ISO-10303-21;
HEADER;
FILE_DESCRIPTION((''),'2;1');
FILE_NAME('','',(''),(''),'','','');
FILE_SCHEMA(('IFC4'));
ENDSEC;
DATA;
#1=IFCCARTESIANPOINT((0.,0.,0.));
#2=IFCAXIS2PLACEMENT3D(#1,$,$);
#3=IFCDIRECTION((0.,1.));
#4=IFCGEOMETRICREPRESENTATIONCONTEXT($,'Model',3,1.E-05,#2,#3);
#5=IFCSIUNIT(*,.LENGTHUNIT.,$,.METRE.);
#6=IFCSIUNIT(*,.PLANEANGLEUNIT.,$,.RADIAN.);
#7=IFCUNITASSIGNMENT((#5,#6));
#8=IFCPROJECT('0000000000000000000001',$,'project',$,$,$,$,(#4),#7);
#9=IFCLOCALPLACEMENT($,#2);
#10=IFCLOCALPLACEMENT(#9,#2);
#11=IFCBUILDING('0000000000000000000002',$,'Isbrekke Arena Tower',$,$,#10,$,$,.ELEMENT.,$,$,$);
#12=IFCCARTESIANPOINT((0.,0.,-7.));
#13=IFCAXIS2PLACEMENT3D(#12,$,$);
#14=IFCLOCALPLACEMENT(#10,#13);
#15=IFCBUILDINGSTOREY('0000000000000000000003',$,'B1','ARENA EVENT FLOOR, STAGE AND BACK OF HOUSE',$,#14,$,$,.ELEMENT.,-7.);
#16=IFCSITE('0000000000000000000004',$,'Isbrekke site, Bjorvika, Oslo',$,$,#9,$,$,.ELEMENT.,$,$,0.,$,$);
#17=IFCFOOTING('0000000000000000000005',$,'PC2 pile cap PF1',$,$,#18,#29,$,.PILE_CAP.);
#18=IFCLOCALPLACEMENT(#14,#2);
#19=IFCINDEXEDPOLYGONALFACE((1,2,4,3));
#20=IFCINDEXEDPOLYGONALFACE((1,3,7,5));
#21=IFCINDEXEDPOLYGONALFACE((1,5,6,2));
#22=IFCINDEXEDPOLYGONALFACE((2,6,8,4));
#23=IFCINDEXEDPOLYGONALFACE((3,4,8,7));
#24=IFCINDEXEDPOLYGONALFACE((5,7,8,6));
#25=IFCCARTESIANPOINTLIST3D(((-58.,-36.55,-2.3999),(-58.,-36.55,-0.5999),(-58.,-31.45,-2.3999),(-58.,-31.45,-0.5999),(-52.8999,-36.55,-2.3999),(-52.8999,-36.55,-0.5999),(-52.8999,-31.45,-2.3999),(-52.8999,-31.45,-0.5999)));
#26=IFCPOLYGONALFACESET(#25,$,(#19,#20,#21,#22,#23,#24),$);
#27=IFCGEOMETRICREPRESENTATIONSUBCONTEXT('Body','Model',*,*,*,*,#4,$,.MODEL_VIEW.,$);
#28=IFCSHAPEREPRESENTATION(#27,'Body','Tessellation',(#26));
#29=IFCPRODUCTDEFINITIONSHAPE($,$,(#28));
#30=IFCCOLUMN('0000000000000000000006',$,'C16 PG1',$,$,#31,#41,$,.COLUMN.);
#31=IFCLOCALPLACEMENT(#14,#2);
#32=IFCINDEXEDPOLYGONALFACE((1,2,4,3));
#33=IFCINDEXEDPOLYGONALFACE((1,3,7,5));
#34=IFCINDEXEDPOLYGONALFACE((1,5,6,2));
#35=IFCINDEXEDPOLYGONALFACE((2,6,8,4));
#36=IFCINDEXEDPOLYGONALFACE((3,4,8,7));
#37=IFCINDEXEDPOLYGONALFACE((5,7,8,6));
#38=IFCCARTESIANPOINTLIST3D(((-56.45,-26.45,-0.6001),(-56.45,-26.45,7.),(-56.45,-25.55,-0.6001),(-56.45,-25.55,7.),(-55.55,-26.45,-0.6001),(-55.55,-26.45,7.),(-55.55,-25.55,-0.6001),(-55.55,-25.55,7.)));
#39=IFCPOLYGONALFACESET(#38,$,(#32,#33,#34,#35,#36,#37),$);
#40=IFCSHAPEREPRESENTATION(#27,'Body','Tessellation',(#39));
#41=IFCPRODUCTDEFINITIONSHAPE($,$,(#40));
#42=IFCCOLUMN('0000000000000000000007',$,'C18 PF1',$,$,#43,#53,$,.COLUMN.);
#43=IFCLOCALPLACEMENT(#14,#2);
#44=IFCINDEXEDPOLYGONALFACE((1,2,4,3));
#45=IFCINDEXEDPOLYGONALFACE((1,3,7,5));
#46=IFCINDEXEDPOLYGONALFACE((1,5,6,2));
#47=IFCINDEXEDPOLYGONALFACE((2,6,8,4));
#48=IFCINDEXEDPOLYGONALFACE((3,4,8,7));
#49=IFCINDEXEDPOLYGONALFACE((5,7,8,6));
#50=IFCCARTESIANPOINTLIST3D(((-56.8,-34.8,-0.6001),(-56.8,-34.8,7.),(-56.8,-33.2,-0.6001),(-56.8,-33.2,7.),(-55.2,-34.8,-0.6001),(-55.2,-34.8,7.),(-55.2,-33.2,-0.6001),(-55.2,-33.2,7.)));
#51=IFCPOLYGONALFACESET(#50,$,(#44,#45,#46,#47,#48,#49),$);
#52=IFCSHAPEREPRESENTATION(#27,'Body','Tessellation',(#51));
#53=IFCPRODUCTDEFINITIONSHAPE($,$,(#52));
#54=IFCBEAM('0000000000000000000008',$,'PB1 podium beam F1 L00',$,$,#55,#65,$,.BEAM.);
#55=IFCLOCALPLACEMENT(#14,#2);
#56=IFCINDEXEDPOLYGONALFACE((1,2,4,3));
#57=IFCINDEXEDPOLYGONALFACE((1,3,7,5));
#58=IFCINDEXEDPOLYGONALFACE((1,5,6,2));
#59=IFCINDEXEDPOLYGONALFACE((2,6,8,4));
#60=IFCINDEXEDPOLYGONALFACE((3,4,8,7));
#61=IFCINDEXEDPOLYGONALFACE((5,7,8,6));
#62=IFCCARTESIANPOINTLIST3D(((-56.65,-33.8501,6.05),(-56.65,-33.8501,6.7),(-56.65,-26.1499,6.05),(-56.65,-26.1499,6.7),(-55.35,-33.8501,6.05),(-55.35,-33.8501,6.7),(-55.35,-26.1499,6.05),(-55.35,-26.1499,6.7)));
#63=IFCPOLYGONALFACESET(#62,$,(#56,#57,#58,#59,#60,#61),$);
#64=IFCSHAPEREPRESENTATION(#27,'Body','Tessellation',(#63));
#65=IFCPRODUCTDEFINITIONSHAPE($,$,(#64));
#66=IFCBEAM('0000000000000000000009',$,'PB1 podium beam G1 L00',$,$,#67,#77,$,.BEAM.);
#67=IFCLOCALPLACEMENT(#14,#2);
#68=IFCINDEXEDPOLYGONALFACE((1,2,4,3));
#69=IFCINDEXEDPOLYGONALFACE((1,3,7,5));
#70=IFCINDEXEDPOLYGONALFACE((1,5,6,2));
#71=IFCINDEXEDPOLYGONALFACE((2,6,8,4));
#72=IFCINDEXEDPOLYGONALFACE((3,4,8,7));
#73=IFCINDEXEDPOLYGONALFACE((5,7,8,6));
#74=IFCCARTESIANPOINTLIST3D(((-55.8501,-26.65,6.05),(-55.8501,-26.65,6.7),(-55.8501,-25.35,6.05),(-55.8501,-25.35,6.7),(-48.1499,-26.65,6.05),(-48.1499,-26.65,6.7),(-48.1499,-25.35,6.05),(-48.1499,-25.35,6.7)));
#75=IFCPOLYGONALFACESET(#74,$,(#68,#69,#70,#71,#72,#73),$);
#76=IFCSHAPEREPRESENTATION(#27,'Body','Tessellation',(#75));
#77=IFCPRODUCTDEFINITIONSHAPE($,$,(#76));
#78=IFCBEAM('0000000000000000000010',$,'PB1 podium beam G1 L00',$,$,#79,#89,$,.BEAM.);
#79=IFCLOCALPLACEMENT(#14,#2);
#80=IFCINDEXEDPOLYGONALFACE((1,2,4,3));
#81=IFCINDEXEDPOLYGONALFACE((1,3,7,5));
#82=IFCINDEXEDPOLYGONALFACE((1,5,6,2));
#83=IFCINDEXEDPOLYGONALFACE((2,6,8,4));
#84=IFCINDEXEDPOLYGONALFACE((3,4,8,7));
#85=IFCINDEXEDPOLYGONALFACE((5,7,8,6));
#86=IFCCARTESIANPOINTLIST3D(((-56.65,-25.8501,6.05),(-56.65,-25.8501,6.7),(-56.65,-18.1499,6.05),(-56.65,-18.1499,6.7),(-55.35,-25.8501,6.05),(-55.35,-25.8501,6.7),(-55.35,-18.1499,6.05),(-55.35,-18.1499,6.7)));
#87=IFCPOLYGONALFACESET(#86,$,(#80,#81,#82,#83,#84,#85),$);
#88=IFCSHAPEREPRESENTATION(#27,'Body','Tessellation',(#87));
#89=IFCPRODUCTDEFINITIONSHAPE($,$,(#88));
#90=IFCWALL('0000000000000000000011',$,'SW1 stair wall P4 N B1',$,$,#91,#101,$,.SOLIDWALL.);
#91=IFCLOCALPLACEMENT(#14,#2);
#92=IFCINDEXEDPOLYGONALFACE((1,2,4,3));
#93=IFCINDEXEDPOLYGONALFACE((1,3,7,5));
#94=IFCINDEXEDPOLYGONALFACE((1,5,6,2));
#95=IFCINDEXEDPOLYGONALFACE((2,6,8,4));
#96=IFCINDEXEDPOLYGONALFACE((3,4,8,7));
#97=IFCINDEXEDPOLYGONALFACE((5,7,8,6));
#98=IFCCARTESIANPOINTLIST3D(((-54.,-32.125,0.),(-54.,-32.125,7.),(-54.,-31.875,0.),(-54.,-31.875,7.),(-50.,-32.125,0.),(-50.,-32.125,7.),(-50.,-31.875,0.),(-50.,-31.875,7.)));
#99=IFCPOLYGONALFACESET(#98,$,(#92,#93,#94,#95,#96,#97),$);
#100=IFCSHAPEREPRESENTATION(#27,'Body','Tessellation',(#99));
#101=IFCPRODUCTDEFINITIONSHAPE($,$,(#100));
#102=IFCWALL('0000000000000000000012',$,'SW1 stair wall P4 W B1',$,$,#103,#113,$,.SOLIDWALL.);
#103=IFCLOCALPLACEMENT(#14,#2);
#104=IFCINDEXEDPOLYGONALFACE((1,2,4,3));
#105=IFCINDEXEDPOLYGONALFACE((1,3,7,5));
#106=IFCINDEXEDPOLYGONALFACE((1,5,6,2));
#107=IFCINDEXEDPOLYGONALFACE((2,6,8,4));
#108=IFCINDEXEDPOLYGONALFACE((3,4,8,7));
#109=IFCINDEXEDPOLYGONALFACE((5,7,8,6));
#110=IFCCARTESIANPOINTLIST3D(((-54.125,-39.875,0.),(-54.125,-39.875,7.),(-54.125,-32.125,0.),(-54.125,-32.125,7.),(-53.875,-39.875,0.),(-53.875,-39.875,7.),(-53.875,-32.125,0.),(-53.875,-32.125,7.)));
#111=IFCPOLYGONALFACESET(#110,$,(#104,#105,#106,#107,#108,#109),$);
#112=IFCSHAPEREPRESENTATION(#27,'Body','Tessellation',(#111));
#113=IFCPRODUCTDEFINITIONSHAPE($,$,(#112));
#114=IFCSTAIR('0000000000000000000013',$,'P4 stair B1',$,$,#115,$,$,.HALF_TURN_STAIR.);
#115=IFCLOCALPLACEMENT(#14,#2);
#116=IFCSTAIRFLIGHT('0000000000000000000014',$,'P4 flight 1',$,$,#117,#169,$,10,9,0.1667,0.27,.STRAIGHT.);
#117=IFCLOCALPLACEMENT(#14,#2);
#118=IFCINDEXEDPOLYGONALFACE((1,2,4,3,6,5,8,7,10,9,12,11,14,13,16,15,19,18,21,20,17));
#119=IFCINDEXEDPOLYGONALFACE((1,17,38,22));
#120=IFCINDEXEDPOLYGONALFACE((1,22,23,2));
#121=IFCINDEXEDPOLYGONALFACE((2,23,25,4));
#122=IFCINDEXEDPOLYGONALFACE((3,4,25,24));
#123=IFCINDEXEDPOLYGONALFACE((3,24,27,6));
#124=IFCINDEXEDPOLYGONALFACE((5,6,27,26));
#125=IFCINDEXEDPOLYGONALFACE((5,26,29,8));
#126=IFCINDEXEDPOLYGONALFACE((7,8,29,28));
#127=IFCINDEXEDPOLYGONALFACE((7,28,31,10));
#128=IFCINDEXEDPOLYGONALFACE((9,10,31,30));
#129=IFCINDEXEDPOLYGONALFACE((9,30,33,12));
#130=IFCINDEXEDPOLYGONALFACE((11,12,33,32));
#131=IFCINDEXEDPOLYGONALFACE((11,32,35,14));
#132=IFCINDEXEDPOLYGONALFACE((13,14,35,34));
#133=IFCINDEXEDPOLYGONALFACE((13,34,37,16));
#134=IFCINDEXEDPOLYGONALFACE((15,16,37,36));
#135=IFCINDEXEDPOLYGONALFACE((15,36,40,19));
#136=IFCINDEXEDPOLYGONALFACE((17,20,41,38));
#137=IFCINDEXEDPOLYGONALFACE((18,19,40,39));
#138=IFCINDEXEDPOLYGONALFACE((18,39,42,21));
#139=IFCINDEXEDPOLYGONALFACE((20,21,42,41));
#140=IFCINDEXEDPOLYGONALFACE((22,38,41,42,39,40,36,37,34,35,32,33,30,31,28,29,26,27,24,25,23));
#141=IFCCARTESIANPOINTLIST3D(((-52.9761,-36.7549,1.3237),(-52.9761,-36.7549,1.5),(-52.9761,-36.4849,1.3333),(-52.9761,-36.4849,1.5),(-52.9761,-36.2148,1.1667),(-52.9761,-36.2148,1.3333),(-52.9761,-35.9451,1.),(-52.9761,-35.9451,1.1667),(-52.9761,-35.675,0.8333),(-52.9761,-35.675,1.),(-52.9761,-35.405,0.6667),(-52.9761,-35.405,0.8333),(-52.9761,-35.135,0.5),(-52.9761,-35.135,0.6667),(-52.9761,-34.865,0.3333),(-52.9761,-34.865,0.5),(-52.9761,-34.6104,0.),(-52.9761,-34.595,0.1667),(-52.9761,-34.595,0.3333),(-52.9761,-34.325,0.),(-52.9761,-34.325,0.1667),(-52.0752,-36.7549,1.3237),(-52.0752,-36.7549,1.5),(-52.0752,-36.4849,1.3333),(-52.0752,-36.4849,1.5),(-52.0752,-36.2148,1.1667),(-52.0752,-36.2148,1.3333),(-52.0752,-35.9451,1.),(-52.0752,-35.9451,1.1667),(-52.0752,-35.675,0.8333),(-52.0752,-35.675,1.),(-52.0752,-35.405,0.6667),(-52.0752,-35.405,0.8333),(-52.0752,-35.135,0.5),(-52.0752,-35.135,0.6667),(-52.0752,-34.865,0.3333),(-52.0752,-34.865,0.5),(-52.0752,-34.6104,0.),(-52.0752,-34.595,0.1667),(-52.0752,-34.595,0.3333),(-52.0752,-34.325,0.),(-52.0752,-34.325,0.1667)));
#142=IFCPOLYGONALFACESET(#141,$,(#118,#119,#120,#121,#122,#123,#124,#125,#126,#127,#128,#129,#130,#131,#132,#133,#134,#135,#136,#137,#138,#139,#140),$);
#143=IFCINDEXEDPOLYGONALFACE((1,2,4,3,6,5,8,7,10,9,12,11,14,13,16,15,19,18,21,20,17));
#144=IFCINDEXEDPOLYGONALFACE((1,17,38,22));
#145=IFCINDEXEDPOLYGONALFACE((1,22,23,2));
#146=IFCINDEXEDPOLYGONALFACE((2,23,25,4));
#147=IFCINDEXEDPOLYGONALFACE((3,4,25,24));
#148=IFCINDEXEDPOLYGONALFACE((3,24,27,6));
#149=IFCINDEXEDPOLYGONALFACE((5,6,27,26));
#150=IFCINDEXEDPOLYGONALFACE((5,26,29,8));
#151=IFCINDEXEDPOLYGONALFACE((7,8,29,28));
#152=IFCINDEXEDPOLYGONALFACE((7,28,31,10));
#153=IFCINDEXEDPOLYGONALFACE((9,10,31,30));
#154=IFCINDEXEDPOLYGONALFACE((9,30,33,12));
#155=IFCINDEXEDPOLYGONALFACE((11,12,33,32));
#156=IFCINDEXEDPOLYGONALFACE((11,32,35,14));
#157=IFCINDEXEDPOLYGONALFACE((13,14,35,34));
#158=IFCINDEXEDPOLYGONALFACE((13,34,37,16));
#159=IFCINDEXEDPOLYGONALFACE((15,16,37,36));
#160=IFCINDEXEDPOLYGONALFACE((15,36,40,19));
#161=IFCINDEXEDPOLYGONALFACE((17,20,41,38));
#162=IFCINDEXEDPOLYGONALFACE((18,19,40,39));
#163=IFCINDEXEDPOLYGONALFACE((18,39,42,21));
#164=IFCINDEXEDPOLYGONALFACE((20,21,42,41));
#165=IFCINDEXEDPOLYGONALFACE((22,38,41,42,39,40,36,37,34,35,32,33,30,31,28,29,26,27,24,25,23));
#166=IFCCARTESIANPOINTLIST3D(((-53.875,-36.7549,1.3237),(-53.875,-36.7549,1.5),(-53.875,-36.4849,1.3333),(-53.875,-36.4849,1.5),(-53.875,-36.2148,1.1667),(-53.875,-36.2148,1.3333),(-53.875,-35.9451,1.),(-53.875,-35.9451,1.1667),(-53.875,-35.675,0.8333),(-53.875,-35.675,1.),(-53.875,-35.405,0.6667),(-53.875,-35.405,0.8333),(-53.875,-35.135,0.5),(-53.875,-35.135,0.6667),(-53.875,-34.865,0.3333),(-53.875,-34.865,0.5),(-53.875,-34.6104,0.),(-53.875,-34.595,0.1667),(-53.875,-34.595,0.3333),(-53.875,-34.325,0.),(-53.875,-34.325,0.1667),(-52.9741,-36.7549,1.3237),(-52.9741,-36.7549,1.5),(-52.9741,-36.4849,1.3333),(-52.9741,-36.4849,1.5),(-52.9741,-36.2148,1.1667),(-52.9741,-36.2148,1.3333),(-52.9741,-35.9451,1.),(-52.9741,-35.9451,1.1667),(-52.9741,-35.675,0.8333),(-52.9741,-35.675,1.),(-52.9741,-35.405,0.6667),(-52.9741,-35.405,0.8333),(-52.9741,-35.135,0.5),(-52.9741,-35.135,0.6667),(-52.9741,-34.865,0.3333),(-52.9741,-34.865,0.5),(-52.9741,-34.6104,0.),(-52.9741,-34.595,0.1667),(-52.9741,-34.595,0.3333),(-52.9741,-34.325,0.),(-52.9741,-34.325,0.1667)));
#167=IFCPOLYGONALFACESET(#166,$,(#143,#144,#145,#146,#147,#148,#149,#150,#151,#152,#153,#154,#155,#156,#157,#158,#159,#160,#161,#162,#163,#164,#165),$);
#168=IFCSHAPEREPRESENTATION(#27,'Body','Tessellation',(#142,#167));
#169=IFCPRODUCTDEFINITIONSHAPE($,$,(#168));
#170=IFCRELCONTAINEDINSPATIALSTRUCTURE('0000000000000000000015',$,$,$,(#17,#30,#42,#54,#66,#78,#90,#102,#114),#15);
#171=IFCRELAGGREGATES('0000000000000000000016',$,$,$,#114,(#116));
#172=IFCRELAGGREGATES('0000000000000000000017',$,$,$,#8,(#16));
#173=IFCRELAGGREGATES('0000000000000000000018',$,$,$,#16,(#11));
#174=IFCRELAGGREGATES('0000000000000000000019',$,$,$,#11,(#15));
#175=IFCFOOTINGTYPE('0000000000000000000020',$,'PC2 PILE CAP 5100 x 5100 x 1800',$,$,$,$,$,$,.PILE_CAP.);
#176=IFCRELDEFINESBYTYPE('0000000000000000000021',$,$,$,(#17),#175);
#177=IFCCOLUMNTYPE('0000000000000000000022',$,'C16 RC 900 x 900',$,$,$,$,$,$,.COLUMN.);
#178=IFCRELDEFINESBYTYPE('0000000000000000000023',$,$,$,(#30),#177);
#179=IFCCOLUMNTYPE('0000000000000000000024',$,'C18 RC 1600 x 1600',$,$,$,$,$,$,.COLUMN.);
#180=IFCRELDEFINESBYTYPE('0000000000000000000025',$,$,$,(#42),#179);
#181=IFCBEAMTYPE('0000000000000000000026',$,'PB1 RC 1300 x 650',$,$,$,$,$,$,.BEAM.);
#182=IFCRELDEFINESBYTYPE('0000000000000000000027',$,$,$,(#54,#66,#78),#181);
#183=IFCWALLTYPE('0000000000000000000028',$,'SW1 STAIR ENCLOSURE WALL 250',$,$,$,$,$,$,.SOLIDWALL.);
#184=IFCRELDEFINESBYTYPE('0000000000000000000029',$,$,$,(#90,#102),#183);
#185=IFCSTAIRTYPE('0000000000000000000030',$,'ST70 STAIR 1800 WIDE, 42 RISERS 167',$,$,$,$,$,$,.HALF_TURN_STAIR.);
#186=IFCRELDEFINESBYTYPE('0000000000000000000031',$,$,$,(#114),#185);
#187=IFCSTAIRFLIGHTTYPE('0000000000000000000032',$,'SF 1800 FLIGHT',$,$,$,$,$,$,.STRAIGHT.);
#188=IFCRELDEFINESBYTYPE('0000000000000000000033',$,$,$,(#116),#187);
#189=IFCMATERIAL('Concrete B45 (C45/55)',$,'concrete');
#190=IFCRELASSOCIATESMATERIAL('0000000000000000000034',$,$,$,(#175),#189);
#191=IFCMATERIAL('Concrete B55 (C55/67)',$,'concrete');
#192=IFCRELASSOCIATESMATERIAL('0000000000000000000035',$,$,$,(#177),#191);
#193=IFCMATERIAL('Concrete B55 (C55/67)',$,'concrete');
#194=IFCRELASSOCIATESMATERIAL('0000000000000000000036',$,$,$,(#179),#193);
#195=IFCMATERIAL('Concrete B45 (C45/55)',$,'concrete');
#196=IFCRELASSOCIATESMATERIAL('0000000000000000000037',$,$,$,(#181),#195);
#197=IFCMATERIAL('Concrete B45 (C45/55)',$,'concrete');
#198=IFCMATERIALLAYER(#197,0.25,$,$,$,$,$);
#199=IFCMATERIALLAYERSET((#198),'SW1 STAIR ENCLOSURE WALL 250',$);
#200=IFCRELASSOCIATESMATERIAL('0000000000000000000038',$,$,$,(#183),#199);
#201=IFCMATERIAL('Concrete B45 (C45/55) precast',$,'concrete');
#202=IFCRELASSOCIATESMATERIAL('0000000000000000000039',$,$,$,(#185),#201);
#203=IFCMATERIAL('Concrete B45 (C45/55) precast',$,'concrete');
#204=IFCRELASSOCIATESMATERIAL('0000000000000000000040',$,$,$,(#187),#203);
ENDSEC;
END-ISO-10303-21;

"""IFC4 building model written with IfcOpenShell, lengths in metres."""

from ifc_helpers import new_model, si_unit, direction, frame, frame_2d, origin, origin_2d, place, context, subcontext, project, spatial, polyline, rectangle, outline, extrude, material, layer, layer_set, material_profile, profile_set, type_object, element, aggregate, save


model = new_model("IFC4")

# Units and contexts
model_context = context("Model", 3, precision=1e-05, world=origin(), true_north=direction((0.0, 1.0)))
body_context = subcontext(model_context, "Body", "Model", "MODEL_VIEW")
ifc_project = project(units=[si_unit("LENGTHUNIT", "METRE"), si_unit("PLANEANGLEUNIT", "RADIAN")], contexts=[model_context])

# Site, building, storey
site_placement = place(None, origin())
site = spatial("IfcSite", under=ifc_project, at=site_placement, Name="Isbrekke site, Bjorvika, Oslo", CompositionType="ELEMENT", RefElevation=0.0)
building_placement = place(site_placement, origin())
building = spatial("IfcBuilding", under=site, at=building_placement, Name="Isbrekke Arena Tower", CompositionType="ELEMENT")
storey_placement = place(building_placement, frame((0.0, 0.0, -7.0)))
storey = spatial("IfcBuildingStorey", under=building, at=storey_placement, Name="B1", Description="ARENA EVENT FLOOR, STAGE AND BACK OF HOUSE", CompositionType="ELEMENT", Elevation=-7.0)

# Footing
ifc_material_1 = material(Name="Concrete B45 (C45/55)", Category="concrete")
footing_type = type_object("IfcFootingType", Name="PC2 PILE CAP 5100 x 5100 x 1800", PredefinedType="PILE_CAP", material=ifc_material_1)
footing_placement = place(storey_placement, frame((-55.45, -34.0, -2.3999), z_axis=(0.0, 0.0, 1.0), x_axis=(1.0, 0.0, 0.0)))
element("IfcFooting", 1, at=footing_placement, inside=storey, type_object=footing_type, Name="PC2 pile cap PF1", PredefinedType="PILE_CAP", context=body_context, shape_type="SweptSolid", body=[
    extrude(rectangle(XDim=5.1001, YDim=5.1001, at=origin_2d()), origin(), (0.0, 0.0, 1.0), 1.8),
])

# Columns
ifc_material_2 = material(Name="Concrete B55 (C55/67)", Category="concrete")
ifc_material_profile_1 = material_profile(ifc_material_2, rectangle(XDim=0.8999, YDim=0.8999, at=origin_2d()), Name="RC 900x900")
ifc_profile_set_1 = profile_set([ifc_material_profile_1], Name="Concrete B55 (C55/67)")
column_type_1 = type_object("IfcColumnType", Name="C16 RC 900 x 900", PredefinedType="COLUMN", material=ifc_profile_set_1)
column_1_placement = place(storey_placement, frame((-56.0, -26.0, -0.6001), z_axis=(0.0, 0.0, 1.0), x_axis=(1.0, 0.0, 0.0)))
element("IfcColumn", 2, at=column_1_placement, inside=storey, type_object=column_type_1, Name="C16 PG1", PredefinedType="COLUMN", context=body_context, shape_type="SweptSolid", body=[
    extrude(rectangle(XDim=0.8999, YDim=0.8999, at=origin_2d()), origin(), (0.0, 0.0, 1.0), 7.6001),
])
ifc_material_3 = material(Name="Concrete B55 (C55/67)", Category="concrete")
ifc_material_profile_2 = material_profile(ifc_material_3, rectangle(XDim=1.6001, YDim=1.6001, at=origin_2d()), Name="RC 1600x1600")
ifc_profile_set_2 = profile_set([ifc_material_profile_2], Name="Concrete B55 (C55/67)")
column_type_2 = type_object("IfcColumnType", Name="C18 RC 1600 x 1600", PredefinedType="COLUMN", material=ifc_profile_set_2)
column_2_placement = place(storey_placement, frame((-56.0, -34.0, -0.6001), z_axis=(0.0, 0.0, 1.0), x_axis=(1.0, 0.0, 0.0)))
element("IfcColumn", 3, at=column_2_placement, inside=storey, type_object=column_type_2, Name="C18 PF1", PredefinedType="COLUMN", context=body_context, shape_type="SweptSolid", body=[
    extrude(rectangle(XDim=1.6001, YDim=1.6001, at=origin_2d()), origin(), (0.0, 0.0, 1.0), 7.6001),
])

# Beams
ifc_material_4 = material(Name="Concrete B45 (C45/55)", Category="concrete")
ifc_material_profile_3 = material_profile(ifc_material_4, rectangle(XDim=1.3, YDim=0.6499, at=origin_2d()), Name="RC 1300x650")
ifc_profile_set_3 = profile_set([ifc_material_profile_3], Name="Concrete B45 (C45/55)")
beam_type = type_object("IfcBeamType", Name="PB1 RC 1300 x 650", PredefinedType="BEAM", material=ifc_profile_set_3)
for number, where, z_axis, x_axis, name in (
    (4, (-56.0, -33.8501, 6.375), (0.0, 1.0, 0.0), (-1.0, 0.0, 0.0), "PB1 podium beam F1 L00"),
    (5, (-55.8501, -26.0, 6.375), (1.0, 0.0, 0.0), (0.0, 1.0, 0.0), "PB1 podium beam G1 L00"),
    (6, (-56.0, -25.8501, 6.375), (0.0, 1.0, 0.0), (-1.0, 0.0, 0.0), "PB1 podium beam G1 L00"),
):
    element("IfcBeam", number, at=place(storey_placement, frame(where, z_axis=z_axis, x_axis=x_axis)), inside=storey, type_object=beam_type, Name=name, PredefinedType="BEAM", context=body_context, shape_type="SweptSolid", body=[
        extrude(rectangle(XDim=1.3, YDim=0.6499, at=origin_2d()), origin(), (0.0, 0.0, 1.0), 7.7002),
    ])

# Walls
ifc_material_5 = material(Name="Concrete B45 (C45/55)", Category="concrete")
ifc_layer = layer(ifc_material_5, 0.25)
ifc_layer_set = layer_set([ifc_layer], Name="SW1 STAIR ENCLOSURE WALL 250")
wall_type = type_object("IfcWallType", Name="SW1 STAIR ENCLOSURE WALL 250", PredefinedType="SOLIDWALL", material=ifc_layer_set)
wall_1_placement = place(storey_placement, frame((-50.0, -32.0, 0.0), z_axis=(0.0, 0.0, 1.0), x_axis=(-1.0, 0.0, 0.0)))
element("IfcWall", 7, at=wall_1_placement, inside=storey, type_object=wall_type, Name="SW1 stair wall P4 N B1", PredefinedType="SOLIDWALL", context=body_context, shape_type="SweptSolid", body=[
    extrude(rectangle(XDim=4.0, YDim=0.25, at=frame_2d((2.0, 0.0))), origin(), (0.0, 0.0, 1.0), 7.0),
])
wall_2_placement = place(storey_placement, frame((-54.0, -32.125, 0.0), z_axis=(0.0, 0.0, 1.0), x_axis=(0.0, -1.0, 0.0)))
element("IfcWall", 8, at=wall_2_placement, inside=storey, type_object=wall_type, Name="SW1 stair wall P4 W B1", PredefinedType="SOLIDWALL", context=body_context, shape_type="SweptSolid", body=[
    extrude(rectangle(XDim=7.75, YDim=0.25, at=frame_2d((3.875, 0.0))), origin(), (0.0, 0.0, 1.0), 7.0),
])

# Stair, stair flight
ifc_material_6 = material(Name="Concrete B45 (C45/55) precast", Category="concrete")
stair_type = type_object("IfcStairType", Name="ST70 STAIR 1800 WIDE, 42 RISERS 167", PredefinedType="HALF_TURN_STAIR", material=ifc_material_6)
stair_placement = place(storey_placement, origin())
stair = element("IfcStair", 9, at=stair_placement, inside=storey, type_object=stair_type, Name="P4 stair B1", PredefinedType="HALF_TURN_STAIR")
ifc_material_7 = material(Name="Concrete B45 (C45/55) precast", Category="concrete")
stair_flight_type = type_object("IfcStairFlightType", Name="SF 1800 FLIGHT", PredefinedType="STRAIGHT", material=ifc_material_7)
stair_flight_1_placement = place(storey_placement, frame((-52.9751, -34.325, 0.0), z_axis=(0.0, 0.0, 1.0), x_axis=(0.0, -1.0, 0.0)))
stair_flight_1 = element("IfcStairFlight", 10, at=stair_flight_1_placement, type_object=stair_flight_type, Name="P4 flight 1", NumberOfRisers=10, NumberOfTreads=9, PredefinedType="STRAIGHT", RiserHeight=0.1667, TreadLength=0.27, context=body_context, shape_type="SweptSolid", body=[
    extrude(outline(polyline([(0.0, 0.0), (0.0, 0.1667), (0.27, 0.1667), (0.27, 0.3333), (0.54, 0.3333), (0.54, 0.5), (0.8101, 0.5), (0.8101, 0.6667), (1.0801, 0.6667), (1.0801, 0.8333), (1.3501, 0.8333), (1.3501, 1.0), (1.6201, 1.0), (1.6201, 1.1667), (1.8899, 1.1667), (1.8899, 1.3333), (2.1599, 1.3333), (2.1599, 1.5), (2.4299, 1.5), (2.4299, 1.6667), (2.4299, 1.3237), (0.2854, 0.0), (0.0, 0.0)])), frame((0.0, 0.8999, 0.0), z_axis=(0.0, -1.0, 0.0), x_axis=(1.0, 0.0, 0.0)), (0.0, 0.0, 1.0), 0.9009),
    extrude(outline(polyline([(0.0, 0.0), (0.0, 0.1667), (0.27, 0.1667), (0.27, 0.3333), (0.54, 0.3333), (0.54, 0.5), (0.8101, 0.5), (0.8101, 0.6667), (1.0801, 0.6667), (1.0801, 0.8333), (1.3501, 0.8333), (1.3501, 1.0), (1.6201, 1.0), (1.6201, 1.1667), (1.8899, 1.1667), (1.8899, 1.3333), (2.1599, 1.3333), (2.1599, 1.5), (2.4299, 1.5), (2.4299, 1.6667), (2.4299, 1.3237), (0.2854, 0.0), (0.0, 0.0)])), frame((0.0, 0.001, 0.0), z_axis=(0.0, -1.0, 0.0), x_axis=(1.0, 0.0, 0.0)), (0.0, 0.0, 1.0), 0.9009),
])
aggregate(stair, [stair_flight_1])

save(model, "model.ifc")
